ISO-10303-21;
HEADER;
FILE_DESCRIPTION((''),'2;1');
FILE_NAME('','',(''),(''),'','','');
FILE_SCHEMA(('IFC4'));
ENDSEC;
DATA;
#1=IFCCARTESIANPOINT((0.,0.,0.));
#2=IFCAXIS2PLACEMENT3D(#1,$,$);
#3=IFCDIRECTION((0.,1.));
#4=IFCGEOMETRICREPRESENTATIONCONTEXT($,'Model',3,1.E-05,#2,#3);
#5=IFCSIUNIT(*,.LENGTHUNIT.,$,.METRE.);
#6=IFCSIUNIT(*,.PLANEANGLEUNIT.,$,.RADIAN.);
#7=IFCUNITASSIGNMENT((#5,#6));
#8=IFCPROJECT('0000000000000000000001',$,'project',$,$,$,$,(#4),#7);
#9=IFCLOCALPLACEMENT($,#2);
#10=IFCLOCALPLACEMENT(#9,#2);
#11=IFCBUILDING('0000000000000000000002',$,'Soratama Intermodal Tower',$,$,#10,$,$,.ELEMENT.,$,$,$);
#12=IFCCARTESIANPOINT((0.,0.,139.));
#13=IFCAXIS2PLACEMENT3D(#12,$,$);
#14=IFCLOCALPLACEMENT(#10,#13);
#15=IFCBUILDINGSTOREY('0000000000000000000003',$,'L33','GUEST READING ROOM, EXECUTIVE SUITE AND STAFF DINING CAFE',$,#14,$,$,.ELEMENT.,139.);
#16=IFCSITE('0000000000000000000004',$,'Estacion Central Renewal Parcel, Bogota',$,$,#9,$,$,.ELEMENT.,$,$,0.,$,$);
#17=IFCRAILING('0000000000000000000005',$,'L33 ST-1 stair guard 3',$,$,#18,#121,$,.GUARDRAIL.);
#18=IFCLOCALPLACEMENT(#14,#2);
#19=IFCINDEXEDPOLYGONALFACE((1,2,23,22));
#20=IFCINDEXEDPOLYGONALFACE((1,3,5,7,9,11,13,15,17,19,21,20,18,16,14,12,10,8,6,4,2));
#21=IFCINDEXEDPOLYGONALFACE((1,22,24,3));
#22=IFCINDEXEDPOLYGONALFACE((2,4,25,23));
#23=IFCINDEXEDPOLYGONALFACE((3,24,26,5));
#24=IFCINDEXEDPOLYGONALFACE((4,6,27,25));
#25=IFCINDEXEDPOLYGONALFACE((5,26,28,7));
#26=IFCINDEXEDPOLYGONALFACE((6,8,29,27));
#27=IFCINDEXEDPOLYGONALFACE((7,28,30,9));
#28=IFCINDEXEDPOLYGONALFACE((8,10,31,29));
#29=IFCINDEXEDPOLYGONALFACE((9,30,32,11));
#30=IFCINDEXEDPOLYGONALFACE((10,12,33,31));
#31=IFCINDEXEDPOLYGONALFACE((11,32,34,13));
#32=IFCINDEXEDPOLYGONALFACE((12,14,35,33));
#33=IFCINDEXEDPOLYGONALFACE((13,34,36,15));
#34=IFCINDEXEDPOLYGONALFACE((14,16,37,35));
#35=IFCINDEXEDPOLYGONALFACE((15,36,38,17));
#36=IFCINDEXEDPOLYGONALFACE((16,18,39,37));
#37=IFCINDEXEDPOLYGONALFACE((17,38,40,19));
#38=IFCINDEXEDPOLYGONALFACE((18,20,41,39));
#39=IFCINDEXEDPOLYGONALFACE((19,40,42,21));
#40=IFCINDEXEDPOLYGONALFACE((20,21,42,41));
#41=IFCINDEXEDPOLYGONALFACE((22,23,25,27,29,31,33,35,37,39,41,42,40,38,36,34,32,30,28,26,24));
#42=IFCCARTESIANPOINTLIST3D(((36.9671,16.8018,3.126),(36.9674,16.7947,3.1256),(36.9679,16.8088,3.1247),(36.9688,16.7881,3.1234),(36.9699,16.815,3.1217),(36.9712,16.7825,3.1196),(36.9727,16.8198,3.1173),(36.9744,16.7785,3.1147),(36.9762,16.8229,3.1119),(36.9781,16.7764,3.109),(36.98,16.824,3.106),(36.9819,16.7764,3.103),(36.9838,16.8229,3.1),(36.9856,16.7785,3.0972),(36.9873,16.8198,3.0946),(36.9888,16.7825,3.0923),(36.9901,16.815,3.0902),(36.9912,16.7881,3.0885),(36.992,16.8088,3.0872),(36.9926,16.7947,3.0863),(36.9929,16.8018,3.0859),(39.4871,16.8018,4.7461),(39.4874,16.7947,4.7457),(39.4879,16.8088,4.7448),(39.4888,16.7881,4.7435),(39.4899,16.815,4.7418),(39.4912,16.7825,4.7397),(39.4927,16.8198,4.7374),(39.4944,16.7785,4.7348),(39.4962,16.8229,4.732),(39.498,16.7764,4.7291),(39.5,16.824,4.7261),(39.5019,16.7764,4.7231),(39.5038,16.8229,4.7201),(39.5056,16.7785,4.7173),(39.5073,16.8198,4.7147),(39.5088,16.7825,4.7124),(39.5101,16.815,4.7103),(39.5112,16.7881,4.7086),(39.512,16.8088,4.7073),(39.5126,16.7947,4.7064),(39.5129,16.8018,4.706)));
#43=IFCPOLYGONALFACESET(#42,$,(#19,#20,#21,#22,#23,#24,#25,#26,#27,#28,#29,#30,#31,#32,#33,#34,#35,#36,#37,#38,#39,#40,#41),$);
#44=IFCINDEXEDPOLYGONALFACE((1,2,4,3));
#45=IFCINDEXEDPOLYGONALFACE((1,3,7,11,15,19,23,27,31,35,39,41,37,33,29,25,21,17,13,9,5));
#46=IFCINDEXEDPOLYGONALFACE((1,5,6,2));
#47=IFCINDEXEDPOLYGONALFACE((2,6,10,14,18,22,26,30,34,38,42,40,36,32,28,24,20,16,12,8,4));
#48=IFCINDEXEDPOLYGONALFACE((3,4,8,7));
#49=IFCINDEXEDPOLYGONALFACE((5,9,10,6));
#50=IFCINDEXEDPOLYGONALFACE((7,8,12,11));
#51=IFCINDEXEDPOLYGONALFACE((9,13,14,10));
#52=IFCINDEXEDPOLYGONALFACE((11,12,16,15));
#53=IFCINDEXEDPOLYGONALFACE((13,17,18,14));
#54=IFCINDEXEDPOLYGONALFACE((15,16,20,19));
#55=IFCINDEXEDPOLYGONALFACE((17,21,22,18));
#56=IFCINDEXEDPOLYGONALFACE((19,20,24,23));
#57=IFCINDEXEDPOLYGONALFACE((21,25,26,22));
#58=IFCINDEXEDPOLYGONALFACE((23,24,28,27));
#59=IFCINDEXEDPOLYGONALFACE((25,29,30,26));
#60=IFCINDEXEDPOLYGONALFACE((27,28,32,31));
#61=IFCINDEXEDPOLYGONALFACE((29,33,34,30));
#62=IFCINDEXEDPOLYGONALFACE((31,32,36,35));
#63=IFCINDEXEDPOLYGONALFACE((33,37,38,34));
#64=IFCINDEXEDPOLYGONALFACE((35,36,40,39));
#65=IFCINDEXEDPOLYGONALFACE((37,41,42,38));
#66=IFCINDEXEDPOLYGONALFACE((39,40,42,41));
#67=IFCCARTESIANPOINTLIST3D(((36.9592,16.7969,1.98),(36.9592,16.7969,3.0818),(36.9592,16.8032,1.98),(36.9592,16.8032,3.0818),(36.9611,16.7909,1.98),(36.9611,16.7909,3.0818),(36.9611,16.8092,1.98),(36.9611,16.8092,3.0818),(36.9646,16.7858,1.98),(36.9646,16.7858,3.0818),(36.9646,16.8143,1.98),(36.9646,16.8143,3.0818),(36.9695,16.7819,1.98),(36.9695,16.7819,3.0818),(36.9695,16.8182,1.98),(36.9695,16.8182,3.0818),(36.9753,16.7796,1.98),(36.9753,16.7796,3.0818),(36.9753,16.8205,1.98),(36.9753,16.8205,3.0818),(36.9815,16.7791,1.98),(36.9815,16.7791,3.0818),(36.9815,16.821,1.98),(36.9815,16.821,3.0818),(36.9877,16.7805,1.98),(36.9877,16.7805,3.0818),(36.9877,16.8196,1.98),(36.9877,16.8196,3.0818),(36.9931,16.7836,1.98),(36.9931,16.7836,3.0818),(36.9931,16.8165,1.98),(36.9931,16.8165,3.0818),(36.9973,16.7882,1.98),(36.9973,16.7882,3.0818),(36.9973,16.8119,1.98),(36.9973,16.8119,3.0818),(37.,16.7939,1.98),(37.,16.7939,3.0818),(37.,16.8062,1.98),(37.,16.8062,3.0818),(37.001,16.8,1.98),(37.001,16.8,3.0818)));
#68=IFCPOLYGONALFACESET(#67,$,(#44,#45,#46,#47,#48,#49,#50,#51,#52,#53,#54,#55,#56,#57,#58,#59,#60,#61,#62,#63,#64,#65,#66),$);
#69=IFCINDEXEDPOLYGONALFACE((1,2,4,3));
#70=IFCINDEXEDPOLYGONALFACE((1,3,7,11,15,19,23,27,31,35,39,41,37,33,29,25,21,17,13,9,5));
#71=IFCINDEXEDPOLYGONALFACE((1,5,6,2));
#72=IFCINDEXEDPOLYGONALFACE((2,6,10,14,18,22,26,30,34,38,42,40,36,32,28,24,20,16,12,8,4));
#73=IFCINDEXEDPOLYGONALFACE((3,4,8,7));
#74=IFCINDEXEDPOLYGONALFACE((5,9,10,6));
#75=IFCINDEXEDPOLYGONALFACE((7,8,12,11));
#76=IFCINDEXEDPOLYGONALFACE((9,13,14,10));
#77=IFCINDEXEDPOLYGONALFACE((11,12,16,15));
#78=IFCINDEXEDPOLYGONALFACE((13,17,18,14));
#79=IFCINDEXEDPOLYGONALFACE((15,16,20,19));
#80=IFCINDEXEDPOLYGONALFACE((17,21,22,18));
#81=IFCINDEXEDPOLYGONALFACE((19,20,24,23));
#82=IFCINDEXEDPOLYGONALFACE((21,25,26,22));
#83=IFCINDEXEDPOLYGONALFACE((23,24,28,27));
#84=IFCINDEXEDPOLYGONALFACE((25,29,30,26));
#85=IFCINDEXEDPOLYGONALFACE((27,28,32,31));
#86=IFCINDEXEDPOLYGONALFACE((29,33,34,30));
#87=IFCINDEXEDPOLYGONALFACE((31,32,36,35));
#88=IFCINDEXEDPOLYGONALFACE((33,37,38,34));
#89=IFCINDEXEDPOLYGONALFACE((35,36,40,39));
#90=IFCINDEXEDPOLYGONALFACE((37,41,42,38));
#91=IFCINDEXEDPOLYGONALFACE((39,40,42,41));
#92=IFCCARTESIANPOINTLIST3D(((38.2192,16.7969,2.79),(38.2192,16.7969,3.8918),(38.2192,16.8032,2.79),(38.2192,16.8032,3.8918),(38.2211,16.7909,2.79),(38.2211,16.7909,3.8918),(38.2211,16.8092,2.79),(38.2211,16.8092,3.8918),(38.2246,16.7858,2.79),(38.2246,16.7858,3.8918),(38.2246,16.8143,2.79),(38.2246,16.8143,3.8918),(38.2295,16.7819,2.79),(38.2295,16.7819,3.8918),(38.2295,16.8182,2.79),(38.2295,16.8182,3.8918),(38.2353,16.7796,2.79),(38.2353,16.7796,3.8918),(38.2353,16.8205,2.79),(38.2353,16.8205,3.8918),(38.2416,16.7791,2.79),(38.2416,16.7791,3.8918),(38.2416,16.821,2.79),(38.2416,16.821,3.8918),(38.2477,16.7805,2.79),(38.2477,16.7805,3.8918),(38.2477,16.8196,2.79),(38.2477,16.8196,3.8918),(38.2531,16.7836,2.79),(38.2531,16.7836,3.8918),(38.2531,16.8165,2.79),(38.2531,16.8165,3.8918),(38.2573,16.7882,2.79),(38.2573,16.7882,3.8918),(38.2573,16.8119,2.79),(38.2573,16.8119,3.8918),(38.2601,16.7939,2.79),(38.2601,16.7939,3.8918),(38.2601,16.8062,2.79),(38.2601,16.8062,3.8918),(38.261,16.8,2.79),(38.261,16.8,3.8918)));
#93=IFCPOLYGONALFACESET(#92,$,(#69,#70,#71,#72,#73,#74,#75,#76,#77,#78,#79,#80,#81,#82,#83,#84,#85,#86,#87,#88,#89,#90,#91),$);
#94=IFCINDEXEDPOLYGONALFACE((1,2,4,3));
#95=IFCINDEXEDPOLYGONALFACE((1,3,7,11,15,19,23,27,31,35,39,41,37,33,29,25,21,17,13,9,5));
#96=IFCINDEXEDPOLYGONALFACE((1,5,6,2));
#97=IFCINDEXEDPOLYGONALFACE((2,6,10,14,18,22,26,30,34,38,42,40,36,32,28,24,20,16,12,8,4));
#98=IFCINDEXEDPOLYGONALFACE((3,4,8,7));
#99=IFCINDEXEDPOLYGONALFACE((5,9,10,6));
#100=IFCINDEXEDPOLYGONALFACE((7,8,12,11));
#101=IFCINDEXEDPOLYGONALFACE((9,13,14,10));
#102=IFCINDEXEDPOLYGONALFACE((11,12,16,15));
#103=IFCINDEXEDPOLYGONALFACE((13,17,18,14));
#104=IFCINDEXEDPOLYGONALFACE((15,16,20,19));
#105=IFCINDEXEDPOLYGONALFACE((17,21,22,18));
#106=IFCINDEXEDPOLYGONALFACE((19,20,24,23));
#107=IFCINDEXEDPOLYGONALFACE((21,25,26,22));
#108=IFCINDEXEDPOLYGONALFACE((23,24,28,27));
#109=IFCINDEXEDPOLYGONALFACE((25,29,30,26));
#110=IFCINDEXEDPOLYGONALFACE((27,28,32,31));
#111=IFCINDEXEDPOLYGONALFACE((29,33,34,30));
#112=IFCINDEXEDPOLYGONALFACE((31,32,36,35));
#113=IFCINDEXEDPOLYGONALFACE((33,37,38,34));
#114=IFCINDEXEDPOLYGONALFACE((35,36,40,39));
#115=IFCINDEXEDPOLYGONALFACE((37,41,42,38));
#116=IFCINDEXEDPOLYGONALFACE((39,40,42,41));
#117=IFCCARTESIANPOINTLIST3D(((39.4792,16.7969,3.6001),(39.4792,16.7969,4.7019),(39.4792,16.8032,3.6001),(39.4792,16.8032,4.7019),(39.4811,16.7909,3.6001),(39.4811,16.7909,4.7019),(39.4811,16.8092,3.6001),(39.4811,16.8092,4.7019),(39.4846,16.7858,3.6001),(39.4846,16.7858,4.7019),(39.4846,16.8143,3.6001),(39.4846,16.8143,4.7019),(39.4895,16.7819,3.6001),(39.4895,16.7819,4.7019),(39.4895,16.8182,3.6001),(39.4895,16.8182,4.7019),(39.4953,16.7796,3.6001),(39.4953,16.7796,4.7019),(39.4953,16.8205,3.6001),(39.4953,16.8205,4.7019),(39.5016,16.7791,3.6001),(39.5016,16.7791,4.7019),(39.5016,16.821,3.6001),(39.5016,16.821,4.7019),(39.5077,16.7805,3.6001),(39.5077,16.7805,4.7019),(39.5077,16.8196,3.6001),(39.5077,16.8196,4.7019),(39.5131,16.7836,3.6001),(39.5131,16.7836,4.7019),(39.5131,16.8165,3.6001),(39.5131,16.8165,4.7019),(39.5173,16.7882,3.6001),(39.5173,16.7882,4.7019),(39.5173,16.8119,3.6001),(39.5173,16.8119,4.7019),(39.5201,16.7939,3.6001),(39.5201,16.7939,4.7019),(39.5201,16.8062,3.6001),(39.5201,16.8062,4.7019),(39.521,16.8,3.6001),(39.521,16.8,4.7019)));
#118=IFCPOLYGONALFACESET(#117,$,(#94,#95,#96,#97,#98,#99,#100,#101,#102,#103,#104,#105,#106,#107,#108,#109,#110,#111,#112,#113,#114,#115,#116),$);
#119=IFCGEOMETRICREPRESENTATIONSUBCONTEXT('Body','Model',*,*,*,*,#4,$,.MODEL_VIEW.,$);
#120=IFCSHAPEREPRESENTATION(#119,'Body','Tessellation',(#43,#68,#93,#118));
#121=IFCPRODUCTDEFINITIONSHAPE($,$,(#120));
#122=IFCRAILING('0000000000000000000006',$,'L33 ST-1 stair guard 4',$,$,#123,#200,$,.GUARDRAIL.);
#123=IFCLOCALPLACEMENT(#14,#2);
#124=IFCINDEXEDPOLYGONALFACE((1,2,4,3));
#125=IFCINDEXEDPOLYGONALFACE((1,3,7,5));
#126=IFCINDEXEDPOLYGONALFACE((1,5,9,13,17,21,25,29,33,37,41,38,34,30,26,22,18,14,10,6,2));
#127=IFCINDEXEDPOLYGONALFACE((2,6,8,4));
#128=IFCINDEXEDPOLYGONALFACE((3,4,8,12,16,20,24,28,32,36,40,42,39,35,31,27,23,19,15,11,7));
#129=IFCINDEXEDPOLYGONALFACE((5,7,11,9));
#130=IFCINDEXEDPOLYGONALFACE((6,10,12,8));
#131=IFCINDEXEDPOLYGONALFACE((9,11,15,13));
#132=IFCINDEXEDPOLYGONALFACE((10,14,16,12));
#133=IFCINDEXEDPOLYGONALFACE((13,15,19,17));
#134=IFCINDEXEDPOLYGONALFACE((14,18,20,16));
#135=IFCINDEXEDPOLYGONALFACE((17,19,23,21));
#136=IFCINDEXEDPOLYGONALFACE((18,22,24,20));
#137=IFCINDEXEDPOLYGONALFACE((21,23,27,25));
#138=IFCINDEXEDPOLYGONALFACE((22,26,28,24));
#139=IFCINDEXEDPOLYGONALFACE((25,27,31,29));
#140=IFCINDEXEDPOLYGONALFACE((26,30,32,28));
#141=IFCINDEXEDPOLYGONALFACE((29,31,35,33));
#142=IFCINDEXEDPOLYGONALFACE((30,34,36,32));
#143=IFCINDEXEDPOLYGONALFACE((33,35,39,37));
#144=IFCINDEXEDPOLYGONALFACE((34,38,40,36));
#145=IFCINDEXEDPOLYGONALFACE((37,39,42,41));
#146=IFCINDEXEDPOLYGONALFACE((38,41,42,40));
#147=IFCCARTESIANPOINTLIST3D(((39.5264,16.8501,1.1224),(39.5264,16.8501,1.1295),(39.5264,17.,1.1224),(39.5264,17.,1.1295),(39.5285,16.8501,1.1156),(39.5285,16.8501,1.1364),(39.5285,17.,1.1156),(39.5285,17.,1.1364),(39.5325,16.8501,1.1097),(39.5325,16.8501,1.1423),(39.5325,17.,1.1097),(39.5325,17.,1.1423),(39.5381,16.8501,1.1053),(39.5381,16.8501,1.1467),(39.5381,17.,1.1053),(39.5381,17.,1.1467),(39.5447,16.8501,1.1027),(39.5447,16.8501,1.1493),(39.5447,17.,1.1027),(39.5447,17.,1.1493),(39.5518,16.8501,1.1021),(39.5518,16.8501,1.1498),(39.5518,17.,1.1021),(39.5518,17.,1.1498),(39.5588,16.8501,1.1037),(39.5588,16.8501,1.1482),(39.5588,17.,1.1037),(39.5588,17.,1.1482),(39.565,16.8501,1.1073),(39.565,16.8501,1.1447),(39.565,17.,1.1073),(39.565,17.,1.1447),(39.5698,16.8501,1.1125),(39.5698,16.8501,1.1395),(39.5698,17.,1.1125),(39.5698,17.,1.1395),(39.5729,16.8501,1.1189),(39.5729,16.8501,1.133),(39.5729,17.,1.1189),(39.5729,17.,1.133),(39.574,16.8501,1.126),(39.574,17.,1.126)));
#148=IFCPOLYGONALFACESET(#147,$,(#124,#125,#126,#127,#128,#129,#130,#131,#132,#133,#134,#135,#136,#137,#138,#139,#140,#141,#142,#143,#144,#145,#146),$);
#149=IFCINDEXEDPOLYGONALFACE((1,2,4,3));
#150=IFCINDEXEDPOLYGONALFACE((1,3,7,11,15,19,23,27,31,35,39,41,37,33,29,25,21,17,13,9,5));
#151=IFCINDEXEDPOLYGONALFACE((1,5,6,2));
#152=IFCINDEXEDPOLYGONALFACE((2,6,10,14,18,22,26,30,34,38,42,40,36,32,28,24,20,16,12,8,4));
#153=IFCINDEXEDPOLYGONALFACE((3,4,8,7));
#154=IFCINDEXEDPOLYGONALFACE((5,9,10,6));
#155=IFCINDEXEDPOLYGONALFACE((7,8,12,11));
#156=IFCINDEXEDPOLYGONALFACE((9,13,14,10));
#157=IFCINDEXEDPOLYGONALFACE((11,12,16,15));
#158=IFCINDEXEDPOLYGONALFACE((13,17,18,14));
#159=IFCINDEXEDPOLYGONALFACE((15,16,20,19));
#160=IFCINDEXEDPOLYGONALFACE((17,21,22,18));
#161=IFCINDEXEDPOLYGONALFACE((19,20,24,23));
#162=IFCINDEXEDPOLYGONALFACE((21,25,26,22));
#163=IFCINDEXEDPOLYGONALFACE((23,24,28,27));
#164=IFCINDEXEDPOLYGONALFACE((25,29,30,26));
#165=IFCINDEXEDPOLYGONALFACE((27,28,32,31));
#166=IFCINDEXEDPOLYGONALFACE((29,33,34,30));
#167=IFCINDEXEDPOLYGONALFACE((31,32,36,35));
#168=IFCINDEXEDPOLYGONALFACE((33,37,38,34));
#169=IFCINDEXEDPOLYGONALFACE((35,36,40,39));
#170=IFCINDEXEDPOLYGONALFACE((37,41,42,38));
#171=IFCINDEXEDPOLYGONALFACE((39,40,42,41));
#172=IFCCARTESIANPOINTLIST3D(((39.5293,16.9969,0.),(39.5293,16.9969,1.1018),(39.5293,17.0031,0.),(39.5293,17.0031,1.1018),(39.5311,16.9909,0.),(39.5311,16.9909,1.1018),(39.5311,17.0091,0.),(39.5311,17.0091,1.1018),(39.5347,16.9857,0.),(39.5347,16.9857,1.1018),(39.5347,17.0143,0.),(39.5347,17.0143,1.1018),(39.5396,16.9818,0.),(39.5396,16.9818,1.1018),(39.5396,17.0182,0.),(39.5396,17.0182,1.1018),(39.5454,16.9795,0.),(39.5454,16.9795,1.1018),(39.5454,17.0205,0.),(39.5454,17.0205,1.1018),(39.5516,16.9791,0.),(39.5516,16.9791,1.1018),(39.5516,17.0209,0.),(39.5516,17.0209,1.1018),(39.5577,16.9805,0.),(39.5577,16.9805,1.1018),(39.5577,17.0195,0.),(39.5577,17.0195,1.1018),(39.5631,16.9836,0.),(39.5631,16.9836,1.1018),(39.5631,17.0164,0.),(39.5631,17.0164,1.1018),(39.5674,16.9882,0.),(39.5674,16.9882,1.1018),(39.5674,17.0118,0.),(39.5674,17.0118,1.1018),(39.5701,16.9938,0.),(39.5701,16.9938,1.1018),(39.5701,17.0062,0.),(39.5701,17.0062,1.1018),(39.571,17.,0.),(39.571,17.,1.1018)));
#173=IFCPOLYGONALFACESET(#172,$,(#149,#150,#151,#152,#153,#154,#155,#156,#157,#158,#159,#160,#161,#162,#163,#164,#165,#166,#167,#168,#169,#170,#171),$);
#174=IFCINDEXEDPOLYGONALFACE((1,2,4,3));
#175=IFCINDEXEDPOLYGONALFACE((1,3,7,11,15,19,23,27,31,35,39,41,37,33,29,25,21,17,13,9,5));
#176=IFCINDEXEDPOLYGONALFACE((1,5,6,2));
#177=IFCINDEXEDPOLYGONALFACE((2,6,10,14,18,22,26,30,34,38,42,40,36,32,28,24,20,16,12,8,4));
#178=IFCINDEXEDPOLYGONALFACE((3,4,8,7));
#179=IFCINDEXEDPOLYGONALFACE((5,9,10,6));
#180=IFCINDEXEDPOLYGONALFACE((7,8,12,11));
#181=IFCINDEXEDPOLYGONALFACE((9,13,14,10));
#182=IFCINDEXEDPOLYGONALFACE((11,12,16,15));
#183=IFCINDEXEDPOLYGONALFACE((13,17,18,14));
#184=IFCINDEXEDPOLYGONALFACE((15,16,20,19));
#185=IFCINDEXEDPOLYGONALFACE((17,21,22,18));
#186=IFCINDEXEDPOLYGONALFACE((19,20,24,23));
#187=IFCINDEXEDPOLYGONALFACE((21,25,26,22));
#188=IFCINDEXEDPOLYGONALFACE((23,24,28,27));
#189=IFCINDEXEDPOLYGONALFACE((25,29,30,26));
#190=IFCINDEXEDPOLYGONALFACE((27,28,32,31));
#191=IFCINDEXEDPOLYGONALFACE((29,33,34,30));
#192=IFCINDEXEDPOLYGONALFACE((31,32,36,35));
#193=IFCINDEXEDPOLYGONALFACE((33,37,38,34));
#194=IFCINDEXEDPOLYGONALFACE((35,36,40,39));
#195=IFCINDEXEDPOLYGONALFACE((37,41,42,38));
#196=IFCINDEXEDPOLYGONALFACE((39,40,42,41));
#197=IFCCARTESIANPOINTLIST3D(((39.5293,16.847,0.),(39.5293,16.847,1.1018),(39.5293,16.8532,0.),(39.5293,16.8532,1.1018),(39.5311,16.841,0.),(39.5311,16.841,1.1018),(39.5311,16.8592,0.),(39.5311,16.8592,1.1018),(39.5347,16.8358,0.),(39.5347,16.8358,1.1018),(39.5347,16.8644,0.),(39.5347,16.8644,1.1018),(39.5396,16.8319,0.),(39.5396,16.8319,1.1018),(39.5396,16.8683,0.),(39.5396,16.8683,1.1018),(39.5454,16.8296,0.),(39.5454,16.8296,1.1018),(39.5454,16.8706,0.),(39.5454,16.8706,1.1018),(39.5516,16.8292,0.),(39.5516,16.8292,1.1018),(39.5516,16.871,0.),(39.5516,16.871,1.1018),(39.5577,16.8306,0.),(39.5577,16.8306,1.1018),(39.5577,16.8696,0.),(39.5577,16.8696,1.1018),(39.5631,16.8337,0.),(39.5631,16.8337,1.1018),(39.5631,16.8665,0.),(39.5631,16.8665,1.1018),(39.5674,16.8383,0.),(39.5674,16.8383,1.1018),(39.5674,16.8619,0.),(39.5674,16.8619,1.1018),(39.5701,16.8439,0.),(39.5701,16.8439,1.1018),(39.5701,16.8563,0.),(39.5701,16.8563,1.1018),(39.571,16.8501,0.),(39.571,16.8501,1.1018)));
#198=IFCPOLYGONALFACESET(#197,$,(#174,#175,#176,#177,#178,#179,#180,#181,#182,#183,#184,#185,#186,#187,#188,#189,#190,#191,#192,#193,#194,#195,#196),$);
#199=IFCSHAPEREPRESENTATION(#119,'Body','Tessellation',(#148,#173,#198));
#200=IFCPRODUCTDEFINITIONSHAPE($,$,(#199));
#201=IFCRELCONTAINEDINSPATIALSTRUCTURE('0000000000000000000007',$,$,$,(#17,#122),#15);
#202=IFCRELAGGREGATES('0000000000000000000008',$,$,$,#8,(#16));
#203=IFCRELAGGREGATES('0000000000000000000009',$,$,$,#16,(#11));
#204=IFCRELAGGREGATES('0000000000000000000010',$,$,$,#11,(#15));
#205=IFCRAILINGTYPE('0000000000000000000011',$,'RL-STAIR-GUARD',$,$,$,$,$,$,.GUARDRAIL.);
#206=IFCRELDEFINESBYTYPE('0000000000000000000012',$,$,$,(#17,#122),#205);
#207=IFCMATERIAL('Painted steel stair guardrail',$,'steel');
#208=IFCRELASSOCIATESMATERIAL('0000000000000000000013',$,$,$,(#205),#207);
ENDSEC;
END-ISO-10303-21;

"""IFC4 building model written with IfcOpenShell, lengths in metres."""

from ifc_helpers import new_model, si_unit, direction, frame, origin, origin_2d, place, context, subcontext, project, spatial, circle, extrude, material, type_object, element, save


model = new_model("IFC4")

# Units and contexts
model_context = context("Model", 3, precision=1e-05, world=origin(), true_north=direction((0.0, 1.0)))
body_context = subcontext(model_context, "Body", "Model", "MODEL_VIEW")
ifc_project = project(units=[si_unit("LENGTHUNIT", "METRE"), si_unit("PLANEANGLEUNIT", "RADIAN")], contexts=[model_context])

# Site, building, storey
site_placement = place(None, origin())
site = spatial("IfcSite", under=ifc_project, at=site_placement, Name="Estacion Central Renewal Parcel, Bogota", CompositionType="ELEMENT", RefElevation=0.0)
building_placement = place(site_placement, origin())
building = spatial("IfcBuilding", under=site, at=building_placement, Name="Soratama Intermodal Tower", CompositionType="ELEMENT")
storey_placement = place(building_placement, frame((0.0, 0.0, 139.0)))
storey = spatial("IfcBuildingStorey", under=building, at=storey_placement, Name="L33", Description="GUEST READING ROOM, EXECUTIVE SUITE AND STAFF DINING CAFE", CompositionType="ELEMENT", Elevation=139.0)

# Railings
ifc_material_1 = material(Name="Painted steel stair guardrail", Category="steel")
railing_type_1 = type_object("IfcRailingType", Name="RL-STAIR-GUARD", PredefinedType="GUARDRAIL", material=ifc_material_1)
railing_1_placement = place(storey_placement, frame((36.98, 16.8, 1.98)))
element("IfcRailing", 1, at=railing_1_placement, inside=storey, type_object=railing_type_1, Name="L33 ST-1 stair guard 3", PredefinedType="GUARDRAIL", context=body_context, shape_type="SweptSolid", body=[
    extrude(circle(Radius=0.0239, at=origin_2d()), frame((0.0, 0.0, 1.126), z_axis=(0.841163, 0.0, 0.540782), x_axis=(0.0, 1.0, 0.0)), (0.0, 0.0, 1.0), 2.9958),
    extrude(circle(Radius=0.021, at=origin_2d()), origin(), (0.0, 0.0, 1.0), 1.1018),
    extrude(circle(Radius=0.021, at=origin_2d()), frame((1.26, 0.0, 0.8101)), (0.0, 0.0, 1.0), 1.1018),
    extrude(circle(Radius=0.021, at=origin_2d()), frame((2.52, 0.0, 1.6201)), (0.0, 0.0, 1.0), 1.1018),
])
railing_2_placement = place(storey_placement, frame((39.55, 17.0, 0.0)))
element("IfcRailing", 2, at=railing_2_placement, inside=storey, type_object=railing_type_1, Name="L33 ST-1 stair guard 4", PredefinedType="GUARDRAIL", context=body_context, shape_type="SweptSolid", body=[
    extrude(circle(Radius=0.0239, at=origin_2d()), frame((0.0, 0.0, 1.126), z_axis=(0.0, -1.0, 0.0), x_axis=(1.0, 0.0, 0.0)), (0.0, 0.0, 1.0), 0.1499),
    extrude(circle(Radius=0.021, at=origin_2d()), origin(), (0.0, 0.0, 1.0), 1.1018),
    extrude(circle(Radius=0.021, at=origin_2d()), frame((0.0, -0.1499, 0.0)), (0.0, 0.0, 1.0), 1.1018),
])

save(model, "model.ifc")
